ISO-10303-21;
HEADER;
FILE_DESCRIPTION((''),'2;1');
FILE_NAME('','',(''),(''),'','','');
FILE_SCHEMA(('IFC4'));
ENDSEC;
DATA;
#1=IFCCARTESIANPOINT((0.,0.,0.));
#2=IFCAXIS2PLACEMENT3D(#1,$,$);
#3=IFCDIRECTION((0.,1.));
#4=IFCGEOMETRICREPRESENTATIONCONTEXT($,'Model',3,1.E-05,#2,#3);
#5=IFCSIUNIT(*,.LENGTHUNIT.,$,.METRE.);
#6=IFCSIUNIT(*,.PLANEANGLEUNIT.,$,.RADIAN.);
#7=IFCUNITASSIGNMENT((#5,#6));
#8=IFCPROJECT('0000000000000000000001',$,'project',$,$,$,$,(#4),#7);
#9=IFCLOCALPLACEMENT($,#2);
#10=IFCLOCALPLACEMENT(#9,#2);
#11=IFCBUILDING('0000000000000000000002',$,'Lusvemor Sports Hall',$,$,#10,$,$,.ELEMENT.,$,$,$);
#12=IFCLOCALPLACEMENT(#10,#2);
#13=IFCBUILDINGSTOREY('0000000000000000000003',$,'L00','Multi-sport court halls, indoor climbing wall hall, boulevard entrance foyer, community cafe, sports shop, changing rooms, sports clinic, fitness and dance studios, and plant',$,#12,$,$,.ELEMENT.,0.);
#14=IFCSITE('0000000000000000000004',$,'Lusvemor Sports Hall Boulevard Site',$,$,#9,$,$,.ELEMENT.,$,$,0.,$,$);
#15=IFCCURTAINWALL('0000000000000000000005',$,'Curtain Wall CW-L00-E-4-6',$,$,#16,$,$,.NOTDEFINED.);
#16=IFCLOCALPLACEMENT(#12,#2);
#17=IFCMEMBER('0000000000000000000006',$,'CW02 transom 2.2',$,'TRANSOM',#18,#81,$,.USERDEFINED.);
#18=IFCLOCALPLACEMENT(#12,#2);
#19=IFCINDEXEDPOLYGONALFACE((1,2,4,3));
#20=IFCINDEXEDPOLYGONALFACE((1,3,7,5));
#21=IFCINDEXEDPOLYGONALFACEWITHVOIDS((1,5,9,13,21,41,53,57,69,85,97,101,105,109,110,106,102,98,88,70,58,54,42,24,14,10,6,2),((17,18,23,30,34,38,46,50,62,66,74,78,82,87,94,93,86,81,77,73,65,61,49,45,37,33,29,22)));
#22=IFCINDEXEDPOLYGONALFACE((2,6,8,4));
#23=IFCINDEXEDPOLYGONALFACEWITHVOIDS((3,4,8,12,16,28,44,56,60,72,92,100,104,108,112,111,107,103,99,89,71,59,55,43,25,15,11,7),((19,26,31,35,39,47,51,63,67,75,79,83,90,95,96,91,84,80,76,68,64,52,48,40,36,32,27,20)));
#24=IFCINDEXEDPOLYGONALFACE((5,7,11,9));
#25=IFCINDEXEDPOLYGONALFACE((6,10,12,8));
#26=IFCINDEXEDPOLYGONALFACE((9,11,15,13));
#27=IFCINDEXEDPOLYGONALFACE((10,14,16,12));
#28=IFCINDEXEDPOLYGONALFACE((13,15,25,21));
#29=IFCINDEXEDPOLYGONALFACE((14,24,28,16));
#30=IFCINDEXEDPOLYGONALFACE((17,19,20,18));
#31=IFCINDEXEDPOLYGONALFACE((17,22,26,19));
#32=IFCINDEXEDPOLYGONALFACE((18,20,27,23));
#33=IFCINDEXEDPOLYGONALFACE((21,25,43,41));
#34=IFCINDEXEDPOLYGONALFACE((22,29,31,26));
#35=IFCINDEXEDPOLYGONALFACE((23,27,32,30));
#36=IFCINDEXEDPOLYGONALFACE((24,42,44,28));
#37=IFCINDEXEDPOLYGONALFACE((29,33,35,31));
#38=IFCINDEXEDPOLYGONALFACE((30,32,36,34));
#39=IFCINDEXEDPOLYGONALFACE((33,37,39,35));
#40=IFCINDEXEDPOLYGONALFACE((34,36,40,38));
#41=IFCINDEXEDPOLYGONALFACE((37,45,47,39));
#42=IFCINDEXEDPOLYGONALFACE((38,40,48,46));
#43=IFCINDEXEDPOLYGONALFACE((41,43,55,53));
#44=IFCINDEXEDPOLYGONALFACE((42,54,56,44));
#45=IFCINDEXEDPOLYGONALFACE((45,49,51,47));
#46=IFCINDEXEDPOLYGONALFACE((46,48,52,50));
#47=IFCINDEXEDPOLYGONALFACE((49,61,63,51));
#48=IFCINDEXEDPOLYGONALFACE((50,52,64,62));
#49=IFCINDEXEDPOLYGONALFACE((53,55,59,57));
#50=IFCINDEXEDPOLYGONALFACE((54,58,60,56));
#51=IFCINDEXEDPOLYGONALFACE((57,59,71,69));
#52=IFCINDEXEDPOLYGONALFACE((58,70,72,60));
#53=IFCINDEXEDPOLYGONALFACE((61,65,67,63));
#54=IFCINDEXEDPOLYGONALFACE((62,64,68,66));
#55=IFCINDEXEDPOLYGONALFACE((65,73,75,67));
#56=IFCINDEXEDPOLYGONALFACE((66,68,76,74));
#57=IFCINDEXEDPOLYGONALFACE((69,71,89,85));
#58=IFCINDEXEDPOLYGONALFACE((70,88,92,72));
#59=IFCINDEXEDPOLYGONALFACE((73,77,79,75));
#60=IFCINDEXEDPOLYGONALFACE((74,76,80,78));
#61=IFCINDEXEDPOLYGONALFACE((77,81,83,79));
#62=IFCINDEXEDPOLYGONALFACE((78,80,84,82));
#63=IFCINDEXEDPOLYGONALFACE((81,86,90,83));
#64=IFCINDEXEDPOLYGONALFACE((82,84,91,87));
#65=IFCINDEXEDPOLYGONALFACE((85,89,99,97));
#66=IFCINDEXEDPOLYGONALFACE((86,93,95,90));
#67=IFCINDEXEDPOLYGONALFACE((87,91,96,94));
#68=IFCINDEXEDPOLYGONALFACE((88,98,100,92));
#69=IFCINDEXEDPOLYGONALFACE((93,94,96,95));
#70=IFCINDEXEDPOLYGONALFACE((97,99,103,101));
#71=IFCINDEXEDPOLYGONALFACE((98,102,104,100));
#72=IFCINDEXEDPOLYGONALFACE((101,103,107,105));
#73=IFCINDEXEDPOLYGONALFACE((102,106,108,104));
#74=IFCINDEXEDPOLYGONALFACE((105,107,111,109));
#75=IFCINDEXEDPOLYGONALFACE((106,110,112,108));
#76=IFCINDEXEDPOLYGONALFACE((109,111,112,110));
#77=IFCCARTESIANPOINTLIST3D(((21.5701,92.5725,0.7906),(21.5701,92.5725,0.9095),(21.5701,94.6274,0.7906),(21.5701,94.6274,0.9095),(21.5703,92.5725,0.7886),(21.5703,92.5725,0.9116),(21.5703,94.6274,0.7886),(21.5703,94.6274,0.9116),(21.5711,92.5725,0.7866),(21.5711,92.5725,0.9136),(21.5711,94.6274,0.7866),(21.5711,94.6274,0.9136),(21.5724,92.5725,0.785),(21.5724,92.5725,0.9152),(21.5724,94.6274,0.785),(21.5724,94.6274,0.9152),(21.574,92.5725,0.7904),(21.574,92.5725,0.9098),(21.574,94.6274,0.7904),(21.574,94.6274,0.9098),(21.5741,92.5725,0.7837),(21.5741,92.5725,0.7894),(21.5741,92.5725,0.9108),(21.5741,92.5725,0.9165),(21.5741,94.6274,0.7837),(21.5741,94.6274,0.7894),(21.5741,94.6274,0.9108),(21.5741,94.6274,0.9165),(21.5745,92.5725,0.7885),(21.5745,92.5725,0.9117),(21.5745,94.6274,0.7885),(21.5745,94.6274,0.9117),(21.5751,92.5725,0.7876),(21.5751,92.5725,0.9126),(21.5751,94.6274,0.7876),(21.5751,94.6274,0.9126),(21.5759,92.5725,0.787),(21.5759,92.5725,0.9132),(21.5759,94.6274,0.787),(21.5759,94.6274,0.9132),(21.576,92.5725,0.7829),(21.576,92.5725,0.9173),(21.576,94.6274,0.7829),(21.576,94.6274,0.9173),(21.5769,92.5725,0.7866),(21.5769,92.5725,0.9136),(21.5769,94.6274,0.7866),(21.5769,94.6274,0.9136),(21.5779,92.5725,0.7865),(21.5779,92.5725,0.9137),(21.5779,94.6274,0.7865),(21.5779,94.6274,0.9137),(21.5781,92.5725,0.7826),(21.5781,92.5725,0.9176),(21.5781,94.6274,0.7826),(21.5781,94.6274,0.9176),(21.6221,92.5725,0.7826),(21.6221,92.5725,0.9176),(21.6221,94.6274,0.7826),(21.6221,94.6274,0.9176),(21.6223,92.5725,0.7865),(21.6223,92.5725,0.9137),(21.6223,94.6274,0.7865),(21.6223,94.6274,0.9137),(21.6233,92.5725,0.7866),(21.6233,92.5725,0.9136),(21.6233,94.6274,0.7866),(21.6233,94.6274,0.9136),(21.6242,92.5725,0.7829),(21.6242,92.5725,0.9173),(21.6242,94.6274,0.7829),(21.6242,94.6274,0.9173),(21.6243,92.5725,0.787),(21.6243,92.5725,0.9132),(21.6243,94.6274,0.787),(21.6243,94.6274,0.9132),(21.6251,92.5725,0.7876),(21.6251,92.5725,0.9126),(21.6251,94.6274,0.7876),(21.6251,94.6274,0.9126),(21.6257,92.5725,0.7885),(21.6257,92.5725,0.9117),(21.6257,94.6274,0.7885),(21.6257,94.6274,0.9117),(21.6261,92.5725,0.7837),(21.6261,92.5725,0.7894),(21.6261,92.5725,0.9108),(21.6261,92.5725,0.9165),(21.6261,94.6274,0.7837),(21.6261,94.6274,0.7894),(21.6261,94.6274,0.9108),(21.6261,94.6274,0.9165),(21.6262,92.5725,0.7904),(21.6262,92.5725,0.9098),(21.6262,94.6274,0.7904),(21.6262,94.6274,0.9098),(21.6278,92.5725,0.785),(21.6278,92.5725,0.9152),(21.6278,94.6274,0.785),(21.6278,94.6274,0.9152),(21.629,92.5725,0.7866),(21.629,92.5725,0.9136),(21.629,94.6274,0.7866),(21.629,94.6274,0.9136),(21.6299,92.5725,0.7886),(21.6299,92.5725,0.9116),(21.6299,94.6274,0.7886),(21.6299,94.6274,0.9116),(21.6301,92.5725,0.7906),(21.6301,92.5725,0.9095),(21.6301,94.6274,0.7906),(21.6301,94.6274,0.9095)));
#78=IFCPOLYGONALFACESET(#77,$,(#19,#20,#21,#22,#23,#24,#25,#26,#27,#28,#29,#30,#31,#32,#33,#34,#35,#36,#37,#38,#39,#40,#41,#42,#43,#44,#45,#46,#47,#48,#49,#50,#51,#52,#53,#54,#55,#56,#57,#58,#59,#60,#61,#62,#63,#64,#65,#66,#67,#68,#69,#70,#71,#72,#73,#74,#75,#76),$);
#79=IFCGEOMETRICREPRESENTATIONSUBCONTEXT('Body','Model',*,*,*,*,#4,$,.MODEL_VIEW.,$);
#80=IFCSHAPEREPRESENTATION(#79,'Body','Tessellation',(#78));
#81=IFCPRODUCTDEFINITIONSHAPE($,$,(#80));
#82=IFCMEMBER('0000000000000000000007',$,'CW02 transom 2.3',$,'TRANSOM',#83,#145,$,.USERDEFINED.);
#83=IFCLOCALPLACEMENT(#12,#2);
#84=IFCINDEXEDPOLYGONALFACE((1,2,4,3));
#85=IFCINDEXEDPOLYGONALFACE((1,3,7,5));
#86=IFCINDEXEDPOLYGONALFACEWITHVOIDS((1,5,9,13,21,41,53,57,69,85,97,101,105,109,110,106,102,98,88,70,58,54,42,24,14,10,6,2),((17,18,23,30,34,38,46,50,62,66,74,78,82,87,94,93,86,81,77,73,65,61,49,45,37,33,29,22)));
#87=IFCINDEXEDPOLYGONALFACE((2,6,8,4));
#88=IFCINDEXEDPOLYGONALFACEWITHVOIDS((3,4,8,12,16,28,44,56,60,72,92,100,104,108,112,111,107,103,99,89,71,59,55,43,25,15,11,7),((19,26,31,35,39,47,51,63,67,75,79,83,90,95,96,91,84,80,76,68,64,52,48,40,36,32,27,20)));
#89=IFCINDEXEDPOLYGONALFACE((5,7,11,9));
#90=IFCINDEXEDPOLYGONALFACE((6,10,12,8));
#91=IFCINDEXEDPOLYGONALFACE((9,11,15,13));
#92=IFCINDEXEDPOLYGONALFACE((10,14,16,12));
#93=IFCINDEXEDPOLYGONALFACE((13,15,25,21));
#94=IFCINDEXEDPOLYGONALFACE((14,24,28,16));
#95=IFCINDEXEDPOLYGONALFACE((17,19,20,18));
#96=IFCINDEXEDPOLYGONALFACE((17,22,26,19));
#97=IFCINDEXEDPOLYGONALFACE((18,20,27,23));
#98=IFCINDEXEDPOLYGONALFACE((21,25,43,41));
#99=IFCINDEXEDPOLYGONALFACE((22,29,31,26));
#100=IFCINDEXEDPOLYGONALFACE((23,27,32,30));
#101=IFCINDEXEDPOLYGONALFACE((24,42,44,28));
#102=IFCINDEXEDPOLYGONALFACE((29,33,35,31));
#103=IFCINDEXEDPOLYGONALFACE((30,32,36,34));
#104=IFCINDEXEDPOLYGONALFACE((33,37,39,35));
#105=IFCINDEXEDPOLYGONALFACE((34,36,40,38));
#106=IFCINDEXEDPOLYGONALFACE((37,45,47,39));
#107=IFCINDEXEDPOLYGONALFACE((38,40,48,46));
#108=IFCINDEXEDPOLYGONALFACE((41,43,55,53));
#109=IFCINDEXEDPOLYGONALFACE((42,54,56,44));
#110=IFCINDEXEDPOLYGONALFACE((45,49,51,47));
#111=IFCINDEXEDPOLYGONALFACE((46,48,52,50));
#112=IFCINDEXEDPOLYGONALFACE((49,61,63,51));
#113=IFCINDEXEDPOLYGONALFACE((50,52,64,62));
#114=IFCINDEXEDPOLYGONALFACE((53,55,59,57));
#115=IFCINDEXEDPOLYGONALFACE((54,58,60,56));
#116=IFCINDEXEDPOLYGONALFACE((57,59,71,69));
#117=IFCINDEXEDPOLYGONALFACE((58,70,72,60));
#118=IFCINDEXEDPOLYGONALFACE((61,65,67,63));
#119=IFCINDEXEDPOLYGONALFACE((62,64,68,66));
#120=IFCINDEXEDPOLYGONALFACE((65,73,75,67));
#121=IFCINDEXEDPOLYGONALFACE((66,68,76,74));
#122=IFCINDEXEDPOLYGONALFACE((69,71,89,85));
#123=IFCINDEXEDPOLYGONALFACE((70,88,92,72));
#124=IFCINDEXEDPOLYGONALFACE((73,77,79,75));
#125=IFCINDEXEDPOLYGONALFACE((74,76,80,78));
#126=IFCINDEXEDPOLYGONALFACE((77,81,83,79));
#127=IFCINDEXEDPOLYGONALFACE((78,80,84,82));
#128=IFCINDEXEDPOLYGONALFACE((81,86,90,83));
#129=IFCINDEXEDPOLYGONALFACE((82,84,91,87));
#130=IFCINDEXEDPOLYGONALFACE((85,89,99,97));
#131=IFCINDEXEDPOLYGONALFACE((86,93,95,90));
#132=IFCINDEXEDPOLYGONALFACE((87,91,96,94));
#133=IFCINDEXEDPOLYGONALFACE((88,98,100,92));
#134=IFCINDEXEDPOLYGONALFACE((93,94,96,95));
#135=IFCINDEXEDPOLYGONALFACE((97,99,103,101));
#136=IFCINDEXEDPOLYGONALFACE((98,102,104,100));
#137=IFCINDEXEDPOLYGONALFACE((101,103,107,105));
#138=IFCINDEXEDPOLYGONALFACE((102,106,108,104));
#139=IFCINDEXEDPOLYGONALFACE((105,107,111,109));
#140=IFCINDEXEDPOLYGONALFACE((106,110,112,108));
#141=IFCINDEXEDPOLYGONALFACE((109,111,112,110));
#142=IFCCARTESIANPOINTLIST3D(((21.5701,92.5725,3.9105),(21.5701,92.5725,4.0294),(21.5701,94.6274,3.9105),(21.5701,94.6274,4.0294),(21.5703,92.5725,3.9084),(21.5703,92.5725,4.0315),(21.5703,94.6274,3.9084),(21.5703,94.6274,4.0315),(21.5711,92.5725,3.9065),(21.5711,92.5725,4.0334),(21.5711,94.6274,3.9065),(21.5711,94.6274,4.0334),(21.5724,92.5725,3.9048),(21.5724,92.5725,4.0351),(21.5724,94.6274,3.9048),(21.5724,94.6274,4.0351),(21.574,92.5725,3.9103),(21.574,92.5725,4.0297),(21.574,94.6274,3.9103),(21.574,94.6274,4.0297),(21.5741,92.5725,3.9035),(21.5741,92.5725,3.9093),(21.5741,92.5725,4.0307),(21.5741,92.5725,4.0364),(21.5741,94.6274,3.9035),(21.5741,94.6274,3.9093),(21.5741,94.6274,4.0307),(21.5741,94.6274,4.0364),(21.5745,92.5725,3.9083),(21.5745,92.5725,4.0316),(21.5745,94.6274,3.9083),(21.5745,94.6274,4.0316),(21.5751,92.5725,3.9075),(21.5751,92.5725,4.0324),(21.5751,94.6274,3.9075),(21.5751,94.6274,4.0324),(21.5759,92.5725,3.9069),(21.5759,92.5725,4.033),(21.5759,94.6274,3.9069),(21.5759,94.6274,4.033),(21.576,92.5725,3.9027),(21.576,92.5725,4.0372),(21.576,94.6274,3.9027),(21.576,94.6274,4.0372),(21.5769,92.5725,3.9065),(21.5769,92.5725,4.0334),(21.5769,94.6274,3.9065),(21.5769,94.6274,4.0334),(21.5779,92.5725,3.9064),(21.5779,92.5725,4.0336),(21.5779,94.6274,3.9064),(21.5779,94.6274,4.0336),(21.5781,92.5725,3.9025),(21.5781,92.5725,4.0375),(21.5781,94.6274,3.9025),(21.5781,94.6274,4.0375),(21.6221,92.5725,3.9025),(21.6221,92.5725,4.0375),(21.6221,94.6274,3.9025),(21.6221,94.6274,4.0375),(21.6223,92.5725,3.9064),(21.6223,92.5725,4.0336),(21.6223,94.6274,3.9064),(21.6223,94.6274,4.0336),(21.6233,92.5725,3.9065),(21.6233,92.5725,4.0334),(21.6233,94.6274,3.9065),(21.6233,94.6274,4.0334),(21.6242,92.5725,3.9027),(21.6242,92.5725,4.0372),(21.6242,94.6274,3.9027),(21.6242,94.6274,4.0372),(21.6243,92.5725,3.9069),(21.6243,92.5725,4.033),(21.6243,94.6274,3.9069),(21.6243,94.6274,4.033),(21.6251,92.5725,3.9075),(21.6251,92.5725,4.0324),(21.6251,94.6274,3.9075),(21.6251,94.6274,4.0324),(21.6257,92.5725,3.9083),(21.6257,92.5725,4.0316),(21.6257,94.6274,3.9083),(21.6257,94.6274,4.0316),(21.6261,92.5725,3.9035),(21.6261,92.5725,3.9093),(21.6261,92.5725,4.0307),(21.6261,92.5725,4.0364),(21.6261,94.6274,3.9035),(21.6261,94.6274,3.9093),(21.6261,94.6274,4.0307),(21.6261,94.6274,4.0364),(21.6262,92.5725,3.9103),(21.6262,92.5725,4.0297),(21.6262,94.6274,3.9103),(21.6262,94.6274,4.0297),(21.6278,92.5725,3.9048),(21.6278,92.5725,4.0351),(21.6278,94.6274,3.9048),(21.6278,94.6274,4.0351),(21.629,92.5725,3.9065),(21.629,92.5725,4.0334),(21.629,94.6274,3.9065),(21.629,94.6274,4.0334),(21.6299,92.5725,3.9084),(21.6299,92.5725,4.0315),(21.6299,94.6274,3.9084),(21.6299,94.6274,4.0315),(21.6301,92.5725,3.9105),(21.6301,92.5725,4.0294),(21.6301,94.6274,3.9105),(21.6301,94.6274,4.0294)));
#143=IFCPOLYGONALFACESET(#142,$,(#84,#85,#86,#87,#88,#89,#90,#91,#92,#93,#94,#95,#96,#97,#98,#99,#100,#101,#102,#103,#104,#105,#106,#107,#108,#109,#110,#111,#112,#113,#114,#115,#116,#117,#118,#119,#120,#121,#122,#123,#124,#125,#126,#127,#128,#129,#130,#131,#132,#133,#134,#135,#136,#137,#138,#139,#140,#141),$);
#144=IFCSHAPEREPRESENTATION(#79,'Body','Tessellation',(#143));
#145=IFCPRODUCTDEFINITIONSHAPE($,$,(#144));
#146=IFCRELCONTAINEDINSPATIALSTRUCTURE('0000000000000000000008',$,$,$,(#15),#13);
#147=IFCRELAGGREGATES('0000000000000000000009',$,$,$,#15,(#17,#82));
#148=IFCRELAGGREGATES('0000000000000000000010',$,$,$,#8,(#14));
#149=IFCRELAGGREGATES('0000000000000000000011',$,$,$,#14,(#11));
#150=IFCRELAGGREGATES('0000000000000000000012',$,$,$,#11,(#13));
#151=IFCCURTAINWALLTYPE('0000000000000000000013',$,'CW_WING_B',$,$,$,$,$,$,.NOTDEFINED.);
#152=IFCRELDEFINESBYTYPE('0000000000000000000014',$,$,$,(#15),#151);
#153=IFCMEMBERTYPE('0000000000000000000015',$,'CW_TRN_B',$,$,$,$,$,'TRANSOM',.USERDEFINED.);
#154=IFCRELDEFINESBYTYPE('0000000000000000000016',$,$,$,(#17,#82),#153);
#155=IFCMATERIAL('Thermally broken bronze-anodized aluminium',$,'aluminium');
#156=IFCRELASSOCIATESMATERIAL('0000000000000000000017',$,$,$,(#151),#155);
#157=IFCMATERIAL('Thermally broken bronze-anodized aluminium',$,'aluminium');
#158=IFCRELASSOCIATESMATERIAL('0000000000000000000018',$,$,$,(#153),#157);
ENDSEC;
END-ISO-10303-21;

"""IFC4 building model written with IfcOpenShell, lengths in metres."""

from ifc_helpers import new_model, si_unit, direction, frame, origin, origin_2d, place, context, subcontext, project, spatial, hollow_rectangle, extrude, material, material_profile, profile_set, type_object, element, aggregate, save


model = new_model("IFC4")

# Units and contexts
model_context = context("Model", 3, precision=1e-05, world=origin(), true_north=direction((0.0, 1.0)))
body_context = subcontext(model_context, "Body", "Model", "MODEL_VIEW")
ifc_project = project(units=[si_unit("LENGTHUNIT", "METRE"), si_unit("PLANEANGLEUNIT", "RADIAN")], contexts=[model_context])

# Site, building, storey
site_placement = place(None, origin())
site = spatial("IfcSite", under=ifc_project, at=site_placement, Name="Lusvemor Sports Hall Boulevard Site", CompositionType="ELEMENT", RefElevation=0.0)
building_placement = place(site_placement, origin())
building = spatial("IfcBuilding", under=site, at=building_placement, Name="Lusvemor Sports Hall", CompositionType="ELEMENT")
storey_placement = place(building_placement, origin())
storey = spatial("IfcBuildingStorey", under=building, at=storey_placement, Name="L00", Description="Multi-sport court halls, indoor climbing wall hall, boulevard entrance foyer, community cafe, sports shop, changing rooms, sports clinic, fitness and dance studios, and plant", CompositionType="ELEMENT", Elevation=0.0)

# Curtain wall, members
ifc_material_1 = material(Name="Thermally broken bronze-anodized aluminium", Category="aluminium")
curtain_wall_type = type_object("IfcCurtainWallType", Name="CW_WING_B", PredefinedType="NOTDEFINED", material=ifc_material_1)
curtain_wall_placement = place(storey_placement, origin())
curtain_wall = element("IfcCurtainWall", 1, at=curtain_wall_placement, inside=storey, type_object=curtain_wall_type, Name="Curtain Wall CW-L00-E-4-6", PredefinedType="NOTDEFINED")
ifc_material_2 = material(Name="Thermally broken bronze-anodized aluminium", Category="aluminium")
ifc_material_profile_1 = material_profile(ifc_material_2, hollow_rectangle(XDim=0.0601, YDim=0.135, WallThickness=0.0039, InnerFilletRadius=0.0039, OuterFilletRadius=0.0081, at=origin_2d()), Name="CWTRN135x60x4")
ifc_profile_set_1 = profile_set([ifc_material_profile_1], Name="Thermally broken bronze-anodized aluminium")
member_type_1 = type_object("IfcMemberType", Name="CW_TRN_B", ElementType="TRANSOM", PredefinedType="USERDEFINED", material=ifc_profile_set_1)
member_1_placement = place(storey_placement, frame((21.6001, 94.6274, 0.8501), z_axis=(0.0, -1.0, 0.0), x_axis=(1.0, 0.0, 0.0)))
member_1 = element("IfcMember", 2, at=member_1_placement, type_object=member_type_1, Name="CW02 transom 2.2", ObjectType="TRANSOM", PredefinedType="USERDEFINED", context=body_context, shape_type="SweptSolid", body=[
    extrude(hollow_rectangle(XDim=0.0601, YDim=0.135, WallThickness=0.0039, InnerFilletRadius=0.0039, OuterFilletRadius=0.0081, at=origin_2d()), origin(), (0.0, 0.0, 1.0), 2.0549),
])
member_2_placement = place(storey_placement, frame((21.6001, 94.6274, 3.97), z_axis=(0.0, -1.0, 0.0), x_axis=(1.0, 0.0, 0.0)))
member_2 = element("IfcMember", 3, at=member_2_placement, type_object=member_type_1, Name="CW02 transom 2.3", ObjectType="TRANSOM", PredefinedType="USERDEFINED", context=body_context, shape_type="SweptSolid", body=[
    extrude(hollow_rectangle(XDim=0.0601, YDim=0.135, WallThickness=0.0039, InnerFilletRadius=0.0039, OuterFilletRadius=0.0081, at=origin_2d()), origin(), (0.0, 0.0, 1.0), 2.0549),
])
aggregate(curtain_wall, [member_1, member_2])

save(model, "model.ifc")
